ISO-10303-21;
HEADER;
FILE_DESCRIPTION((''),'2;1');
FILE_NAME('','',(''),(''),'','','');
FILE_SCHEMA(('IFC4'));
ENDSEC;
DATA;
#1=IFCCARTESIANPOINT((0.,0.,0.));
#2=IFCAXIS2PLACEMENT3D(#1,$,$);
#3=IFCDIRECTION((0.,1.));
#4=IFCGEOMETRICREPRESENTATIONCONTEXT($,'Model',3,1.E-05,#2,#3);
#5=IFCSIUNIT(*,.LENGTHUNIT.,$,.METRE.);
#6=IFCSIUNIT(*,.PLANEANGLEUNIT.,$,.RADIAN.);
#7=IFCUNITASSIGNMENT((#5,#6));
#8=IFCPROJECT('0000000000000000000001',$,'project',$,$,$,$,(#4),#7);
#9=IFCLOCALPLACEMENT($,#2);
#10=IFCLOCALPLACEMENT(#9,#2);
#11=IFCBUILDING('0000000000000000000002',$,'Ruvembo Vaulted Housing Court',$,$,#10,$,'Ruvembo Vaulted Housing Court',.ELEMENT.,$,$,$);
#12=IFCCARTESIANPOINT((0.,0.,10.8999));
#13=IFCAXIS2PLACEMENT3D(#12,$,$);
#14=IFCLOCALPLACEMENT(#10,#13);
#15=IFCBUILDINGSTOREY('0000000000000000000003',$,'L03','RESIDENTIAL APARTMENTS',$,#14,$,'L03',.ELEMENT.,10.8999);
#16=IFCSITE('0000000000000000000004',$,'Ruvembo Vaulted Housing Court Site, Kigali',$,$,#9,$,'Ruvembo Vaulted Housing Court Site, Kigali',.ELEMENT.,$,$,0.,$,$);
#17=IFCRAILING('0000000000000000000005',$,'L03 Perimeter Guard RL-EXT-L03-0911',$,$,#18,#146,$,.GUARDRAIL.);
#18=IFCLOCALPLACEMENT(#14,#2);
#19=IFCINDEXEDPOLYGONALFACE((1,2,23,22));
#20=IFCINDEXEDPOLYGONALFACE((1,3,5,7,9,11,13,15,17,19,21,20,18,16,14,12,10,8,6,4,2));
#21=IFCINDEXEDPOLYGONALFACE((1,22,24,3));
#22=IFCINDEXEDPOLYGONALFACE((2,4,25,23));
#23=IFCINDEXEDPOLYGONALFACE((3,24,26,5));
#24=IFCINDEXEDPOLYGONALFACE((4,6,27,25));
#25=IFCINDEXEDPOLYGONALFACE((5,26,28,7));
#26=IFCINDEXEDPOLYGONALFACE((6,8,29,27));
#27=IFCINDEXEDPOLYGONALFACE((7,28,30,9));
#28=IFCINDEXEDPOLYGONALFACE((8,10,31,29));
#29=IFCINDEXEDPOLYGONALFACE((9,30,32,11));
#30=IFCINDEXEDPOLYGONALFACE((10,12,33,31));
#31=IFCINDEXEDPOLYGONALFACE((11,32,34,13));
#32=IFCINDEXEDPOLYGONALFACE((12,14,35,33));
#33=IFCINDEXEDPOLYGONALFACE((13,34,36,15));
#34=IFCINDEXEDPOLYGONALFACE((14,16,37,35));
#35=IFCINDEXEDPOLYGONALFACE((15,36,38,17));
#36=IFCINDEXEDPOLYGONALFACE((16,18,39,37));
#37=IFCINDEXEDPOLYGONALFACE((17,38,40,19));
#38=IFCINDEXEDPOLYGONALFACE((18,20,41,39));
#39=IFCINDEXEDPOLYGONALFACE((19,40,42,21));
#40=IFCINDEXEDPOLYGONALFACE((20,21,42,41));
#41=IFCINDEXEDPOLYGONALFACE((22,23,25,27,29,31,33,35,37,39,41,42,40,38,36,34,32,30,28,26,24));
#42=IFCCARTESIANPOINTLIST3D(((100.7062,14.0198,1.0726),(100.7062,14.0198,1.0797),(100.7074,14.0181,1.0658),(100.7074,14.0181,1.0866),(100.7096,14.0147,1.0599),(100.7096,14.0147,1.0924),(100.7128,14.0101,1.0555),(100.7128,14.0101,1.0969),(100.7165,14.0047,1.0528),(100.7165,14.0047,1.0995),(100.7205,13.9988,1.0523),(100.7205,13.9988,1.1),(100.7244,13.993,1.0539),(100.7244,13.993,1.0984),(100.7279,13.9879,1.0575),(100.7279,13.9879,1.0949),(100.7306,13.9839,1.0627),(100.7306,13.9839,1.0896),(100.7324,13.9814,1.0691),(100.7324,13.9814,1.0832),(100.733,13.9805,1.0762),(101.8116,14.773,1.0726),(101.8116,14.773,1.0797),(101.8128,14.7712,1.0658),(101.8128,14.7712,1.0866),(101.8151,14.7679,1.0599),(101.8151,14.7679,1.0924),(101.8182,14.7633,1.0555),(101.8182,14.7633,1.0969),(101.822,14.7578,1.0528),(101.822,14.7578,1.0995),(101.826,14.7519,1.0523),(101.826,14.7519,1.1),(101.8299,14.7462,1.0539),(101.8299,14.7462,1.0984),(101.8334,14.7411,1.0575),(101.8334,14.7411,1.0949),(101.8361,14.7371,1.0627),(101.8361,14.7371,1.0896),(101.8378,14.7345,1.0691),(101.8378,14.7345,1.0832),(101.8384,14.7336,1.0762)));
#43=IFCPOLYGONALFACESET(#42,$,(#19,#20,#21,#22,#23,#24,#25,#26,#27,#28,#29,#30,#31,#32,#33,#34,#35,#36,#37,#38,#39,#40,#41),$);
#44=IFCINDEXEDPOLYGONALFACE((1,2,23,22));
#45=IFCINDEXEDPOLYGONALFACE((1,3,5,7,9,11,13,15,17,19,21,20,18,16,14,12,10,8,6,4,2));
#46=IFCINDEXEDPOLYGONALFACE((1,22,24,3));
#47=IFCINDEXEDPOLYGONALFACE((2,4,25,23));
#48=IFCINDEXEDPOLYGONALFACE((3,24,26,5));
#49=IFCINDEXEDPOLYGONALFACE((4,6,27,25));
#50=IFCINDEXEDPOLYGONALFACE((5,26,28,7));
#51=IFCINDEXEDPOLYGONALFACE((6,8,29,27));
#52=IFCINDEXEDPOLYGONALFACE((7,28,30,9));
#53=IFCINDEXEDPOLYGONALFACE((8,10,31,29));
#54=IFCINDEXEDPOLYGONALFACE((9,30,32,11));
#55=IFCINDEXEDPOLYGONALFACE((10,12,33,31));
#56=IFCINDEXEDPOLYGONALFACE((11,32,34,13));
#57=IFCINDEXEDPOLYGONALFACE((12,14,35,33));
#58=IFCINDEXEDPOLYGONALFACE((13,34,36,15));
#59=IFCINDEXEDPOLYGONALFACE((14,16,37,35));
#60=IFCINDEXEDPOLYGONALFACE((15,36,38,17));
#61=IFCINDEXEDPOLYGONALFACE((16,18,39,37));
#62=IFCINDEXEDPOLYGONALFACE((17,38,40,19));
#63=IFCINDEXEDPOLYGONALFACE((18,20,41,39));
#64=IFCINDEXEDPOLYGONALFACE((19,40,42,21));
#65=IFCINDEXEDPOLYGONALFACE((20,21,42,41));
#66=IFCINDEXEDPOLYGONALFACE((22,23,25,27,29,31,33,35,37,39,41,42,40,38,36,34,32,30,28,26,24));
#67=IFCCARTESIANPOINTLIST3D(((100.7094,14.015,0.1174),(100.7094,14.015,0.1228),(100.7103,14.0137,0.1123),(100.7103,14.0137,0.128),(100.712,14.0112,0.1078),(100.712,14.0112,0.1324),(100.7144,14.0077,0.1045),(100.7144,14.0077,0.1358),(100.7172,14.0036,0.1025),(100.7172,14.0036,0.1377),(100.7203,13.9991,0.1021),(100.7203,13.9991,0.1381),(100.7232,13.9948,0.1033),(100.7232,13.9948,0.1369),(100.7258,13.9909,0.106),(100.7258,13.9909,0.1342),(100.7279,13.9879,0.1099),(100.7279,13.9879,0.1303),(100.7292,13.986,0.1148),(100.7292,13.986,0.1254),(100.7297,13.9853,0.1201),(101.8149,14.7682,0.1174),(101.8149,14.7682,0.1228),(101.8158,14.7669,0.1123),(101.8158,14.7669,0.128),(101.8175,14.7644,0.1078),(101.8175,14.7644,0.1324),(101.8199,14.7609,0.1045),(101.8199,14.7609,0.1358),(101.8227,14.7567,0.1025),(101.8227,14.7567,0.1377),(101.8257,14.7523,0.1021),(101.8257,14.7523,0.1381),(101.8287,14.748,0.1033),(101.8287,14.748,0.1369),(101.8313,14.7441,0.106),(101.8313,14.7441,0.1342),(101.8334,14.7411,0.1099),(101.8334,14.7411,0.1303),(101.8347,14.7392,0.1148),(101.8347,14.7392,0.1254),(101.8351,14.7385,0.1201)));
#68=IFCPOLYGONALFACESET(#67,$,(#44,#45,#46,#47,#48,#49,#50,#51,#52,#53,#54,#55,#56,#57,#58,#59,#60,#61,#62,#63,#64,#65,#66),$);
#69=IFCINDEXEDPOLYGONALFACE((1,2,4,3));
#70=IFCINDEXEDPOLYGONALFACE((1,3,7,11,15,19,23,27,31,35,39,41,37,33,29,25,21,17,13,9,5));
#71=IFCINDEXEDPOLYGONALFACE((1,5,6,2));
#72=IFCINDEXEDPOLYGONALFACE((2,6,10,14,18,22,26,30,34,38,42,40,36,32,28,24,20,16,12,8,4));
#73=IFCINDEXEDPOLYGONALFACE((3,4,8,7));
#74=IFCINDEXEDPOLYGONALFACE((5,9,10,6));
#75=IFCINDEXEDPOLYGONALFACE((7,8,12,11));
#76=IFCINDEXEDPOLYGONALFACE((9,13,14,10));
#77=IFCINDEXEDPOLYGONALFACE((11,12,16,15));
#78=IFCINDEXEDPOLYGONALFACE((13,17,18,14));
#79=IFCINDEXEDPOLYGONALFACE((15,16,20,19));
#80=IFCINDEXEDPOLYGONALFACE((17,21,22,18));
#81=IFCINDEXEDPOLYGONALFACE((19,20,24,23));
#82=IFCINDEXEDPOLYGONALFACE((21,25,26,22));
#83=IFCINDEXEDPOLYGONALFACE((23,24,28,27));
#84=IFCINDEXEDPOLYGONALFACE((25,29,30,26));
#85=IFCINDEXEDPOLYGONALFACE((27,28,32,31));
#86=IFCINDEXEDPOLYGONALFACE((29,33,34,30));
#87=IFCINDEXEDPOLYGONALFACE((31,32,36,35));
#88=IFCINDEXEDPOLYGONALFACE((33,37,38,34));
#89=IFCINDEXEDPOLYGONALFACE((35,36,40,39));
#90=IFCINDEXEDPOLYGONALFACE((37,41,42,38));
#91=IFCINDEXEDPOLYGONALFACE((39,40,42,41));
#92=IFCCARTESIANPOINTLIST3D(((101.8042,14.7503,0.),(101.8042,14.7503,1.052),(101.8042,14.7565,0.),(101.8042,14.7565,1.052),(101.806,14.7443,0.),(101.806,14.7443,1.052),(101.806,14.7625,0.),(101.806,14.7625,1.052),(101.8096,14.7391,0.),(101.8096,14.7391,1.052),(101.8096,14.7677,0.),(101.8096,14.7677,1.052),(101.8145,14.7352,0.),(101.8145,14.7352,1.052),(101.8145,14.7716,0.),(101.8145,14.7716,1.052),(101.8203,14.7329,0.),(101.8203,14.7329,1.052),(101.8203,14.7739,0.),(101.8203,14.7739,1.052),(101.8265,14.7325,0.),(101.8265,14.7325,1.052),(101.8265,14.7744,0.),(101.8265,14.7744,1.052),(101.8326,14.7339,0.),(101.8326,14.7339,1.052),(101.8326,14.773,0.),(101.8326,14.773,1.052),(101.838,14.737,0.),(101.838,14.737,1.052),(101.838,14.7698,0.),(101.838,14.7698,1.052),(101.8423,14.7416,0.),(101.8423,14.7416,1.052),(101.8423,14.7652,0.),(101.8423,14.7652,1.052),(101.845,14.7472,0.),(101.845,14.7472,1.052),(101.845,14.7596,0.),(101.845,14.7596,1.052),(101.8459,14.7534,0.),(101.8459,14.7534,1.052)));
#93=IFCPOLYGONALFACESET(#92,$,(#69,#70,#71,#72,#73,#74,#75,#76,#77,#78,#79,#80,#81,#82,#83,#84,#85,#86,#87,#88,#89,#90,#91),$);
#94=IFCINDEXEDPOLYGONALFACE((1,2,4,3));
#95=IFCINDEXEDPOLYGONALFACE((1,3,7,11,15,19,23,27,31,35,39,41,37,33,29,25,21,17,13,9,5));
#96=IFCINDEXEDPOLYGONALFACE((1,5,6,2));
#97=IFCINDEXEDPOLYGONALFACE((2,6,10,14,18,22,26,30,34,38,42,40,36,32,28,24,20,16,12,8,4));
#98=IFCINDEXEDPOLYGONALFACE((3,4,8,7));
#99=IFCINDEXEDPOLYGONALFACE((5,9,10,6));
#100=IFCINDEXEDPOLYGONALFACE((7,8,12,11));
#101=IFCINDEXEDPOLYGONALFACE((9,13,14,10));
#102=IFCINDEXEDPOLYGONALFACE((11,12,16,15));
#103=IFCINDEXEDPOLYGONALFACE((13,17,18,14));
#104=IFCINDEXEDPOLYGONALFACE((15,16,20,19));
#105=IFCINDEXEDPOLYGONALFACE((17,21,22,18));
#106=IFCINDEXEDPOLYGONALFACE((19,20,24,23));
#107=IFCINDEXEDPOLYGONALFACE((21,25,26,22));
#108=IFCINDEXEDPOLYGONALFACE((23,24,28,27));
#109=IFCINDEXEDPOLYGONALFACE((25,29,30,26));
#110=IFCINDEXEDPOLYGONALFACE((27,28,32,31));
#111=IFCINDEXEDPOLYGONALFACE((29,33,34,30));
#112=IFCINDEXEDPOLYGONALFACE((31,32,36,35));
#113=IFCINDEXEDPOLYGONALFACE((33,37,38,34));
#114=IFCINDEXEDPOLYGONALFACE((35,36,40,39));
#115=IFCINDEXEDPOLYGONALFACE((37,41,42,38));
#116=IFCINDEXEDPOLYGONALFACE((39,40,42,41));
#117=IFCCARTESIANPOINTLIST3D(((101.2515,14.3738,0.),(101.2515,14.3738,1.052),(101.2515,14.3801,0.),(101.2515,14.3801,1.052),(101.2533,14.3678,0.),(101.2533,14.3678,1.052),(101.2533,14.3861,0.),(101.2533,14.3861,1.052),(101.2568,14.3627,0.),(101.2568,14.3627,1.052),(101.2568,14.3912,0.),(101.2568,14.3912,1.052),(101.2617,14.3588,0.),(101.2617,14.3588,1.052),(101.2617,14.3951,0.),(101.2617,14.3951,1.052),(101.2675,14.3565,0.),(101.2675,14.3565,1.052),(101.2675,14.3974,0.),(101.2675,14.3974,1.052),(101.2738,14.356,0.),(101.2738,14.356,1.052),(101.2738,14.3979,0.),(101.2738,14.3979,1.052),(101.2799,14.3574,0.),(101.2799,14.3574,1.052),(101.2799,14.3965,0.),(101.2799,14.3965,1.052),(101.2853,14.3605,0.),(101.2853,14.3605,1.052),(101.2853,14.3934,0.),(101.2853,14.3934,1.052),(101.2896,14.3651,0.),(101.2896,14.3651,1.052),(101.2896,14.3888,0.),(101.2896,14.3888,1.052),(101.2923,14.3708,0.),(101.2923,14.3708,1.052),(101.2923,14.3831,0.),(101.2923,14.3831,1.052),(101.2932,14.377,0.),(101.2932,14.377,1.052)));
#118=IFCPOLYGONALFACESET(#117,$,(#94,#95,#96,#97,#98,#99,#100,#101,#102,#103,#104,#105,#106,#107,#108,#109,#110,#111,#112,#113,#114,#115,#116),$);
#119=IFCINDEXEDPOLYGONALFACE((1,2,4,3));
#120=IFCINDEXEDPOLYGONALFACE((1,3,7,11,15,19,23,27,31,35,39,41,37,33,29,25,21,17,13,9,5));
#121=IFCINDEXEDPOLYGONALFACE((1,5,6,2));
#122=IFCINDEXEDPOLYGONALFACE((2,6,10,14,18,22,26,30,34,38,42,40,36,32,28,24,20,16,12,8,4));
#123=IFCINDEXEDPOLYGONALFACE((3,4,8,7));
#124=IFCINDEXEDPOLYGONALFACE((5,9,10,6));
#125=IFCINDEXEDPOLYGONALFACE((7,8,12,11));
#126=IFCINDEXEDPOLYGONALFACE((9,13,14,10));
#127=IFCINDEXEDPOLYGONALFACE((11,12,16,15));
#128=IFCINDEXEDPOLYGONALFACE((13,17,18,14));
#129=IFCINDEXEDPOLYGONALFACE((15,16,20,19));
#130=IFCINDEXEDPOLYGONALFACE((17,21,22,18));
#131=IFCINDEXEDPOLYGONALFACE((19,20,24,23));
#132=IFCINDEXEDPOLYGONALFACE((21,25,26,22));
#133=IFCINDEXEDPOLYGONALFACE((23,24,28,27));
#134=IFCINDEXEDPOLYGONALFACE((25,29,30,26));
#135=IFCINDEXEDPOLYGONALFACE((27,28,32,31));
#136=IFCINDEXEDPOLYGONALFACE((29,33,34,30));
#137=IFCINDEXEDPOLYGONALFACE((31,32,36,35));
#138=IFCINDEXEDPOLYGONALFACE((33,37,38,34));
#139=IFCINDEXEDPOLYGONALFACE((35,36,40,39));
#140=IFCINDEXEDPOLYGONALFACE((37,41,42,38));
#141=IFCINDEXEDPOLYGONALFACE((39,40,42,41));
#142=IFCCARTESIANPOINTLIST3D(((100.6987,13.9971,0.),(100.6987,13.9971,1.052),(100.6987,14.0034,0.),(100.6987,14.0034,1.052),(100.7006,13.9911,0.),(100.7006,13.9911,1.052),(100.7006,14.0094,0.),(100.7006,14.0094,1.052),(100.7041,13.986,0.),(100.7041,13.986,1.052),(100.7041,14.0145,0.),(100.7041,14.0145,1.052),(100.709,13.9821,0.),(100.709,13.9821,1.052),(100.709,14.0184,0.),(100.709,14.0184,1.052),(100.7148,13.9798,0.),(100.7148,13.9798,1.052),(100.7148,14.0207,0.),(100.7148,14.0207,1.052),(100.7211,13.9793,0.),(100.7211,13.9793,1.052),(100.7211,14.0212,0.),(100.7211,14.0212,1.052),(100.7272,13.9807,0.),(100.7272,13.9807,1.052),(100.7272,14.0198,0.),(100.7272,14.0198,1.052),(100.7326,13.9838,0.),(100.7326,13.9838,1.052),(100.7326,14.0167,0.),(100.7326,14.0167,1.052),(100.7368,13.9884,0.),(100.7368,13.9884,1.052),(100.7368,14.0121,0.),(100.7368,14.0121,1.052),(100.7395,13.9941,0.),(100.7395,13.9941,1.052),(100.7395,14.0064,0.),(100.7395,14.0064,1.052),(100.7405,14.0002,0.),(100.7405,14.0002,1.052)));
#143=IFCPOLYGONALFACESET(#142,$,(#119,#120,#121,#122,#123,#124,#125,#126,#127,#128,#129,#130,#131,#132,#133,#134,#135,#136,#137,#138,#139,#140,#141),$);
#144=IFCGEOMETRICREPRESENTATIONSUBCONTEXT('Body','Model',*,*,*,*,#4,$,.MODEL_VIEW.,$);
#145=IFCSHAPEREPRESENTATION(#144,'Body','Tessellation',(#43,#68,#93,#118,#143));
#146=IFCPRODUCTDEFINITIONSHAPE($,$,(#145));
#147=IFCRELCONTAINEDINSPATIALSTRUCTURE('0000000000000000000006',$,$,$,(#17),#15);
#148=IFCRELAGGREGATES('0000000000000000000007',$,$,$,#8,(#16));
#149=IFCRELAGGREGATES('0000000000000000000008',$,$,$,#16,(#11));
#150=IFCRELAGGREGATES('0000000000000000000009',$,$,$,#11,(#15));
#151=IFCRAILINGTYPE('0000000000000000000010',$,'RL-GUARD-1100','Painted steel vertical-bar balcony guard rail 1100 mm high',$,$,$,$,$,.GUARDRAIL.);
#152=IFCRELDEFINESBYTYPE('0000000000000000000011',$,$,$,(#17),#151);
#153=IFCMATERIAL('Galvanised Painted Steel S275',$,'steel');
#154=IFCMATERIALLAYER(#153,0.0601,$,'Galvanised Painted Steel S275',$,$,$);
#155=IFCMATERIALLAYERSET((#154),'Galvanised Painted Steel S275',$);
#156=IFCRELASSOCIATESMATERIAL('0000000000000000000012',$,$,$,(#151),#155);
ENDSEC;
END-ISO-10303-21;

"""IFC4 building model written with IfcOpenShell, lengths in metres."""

from ifc_helpers import new_model, si_unit, direction, frame, origin, origin_2d, place, context, subcontext, project, spatial, circle, extrude, material, layer, layer_set, type_object, element, save


model = new_model("IFC4")

# Units and contexts
model_context = context("Model", 3, precision=1e-05, world=origin(), true_north=direction((0.0, 1.0)))
body_context = subcontext(model_context, "Body", "Model", "MODEL_VIEW")
ifc_project = project(units=[si_unit("LENGTHUNIT", "METRE"), si_unit("PLANEANGLEUNIT", "RADIAN")], contexts=[model_context])

# Site, building, storey
site_placement = place(None, origin())
site = spatial("IfcSite", under=ifc_project, at=site_placement, Name="Ruvembo Vaulted Housing Court Site, Kigali", LongName="Ruvembo Vaulted Housing Court Site, Kigali", CompositionType="ELEMENT", RefElevation=0.0)
building_placement = place(site_placement, origin())
building = spatial("IfcBuilding", under=site, at=building_placement, Name="Ruvembo Vaulted Housing Court", LongName="Ruvembo Vaulted Housing Court", CompositionType="ELEMENT")
storey_placement = place(building_placement, frame((0.0, 0.0, 10.8999)))
storey = spatial("IfcBuildingStorey", under=building, at=storey_placement, Name="L03", Description="RESIDENTIAL APARTMENTS", LongName="L03", CompositionType="ELEMENT", Elevation=10.8999)

# Railing
ifc_material_1 = material(Name="Galvanised Painted Steel S275", Category="steel")
ifc_layer_1 = layer(ifc_material_1, 0.0601, Name="Galvanised Painted Steel S275")
ifc_layer_set_1 = layer_set([ifc_layer_1], Name="Galvanised Painted Steel S275")
railing_type_1 = type_object("IfcRailingType", Name="RL-GUARD-1100", Description="Painted steel vertical-bar balcony guard rail 1100 mm high", PredefinedType="GUARDRAIL", material=ifc_layer_set_1)
railing_1_placement = place(storey_placement, frame((101.825, 14.7534, 0.0)))
element("IfcRailing", 1, at=railing_1_placement, inside=storey, type_object=railing_type_1, Name="L03 Perimeter Guard RL-EXT-L03-0911", PredefinedType="GUARDRAIL", context=body_context, shape_type="SweptSolid", body=[
    extrude(circle(Radius=0.0239, at=origin_2d()), frame((0.0, 0.0, 1.0762), z_axis=(-0.82642, -0.563054, 0.0), x_axis=(0.563054, -0.82642, 0.0)), (0.0, 0.0, 1.0), 1.3376),
    extrude(circle(Radius=0.0181, at=origin_2d()), frame((0.0, 0.0, 0.1201), z_axis=(-0.82642, -0.563054, 0.0), x_axis=(0.563054, -0.82642, 0.0)), (0.0, 0.0, 1.0), 1.3376),
    extrude(circle(Radius=0.021, at=origin_2d()), origin(), (0.0, 0.0, 1.0), 1.052),
    extrude(circle(Radius=0.021, at=origin_2d()), frame((-0.5527, -0.3765, 0.0)), (0.0, 0.0, 1.0), 1.052),
    extrude(circle(Radius=0.021, at=origin_2d()), frame((-1.1055, -0.7532, 0.0)), (0.0, 0.0, 1.0), 1.052),
])

save(model, "model.ifc")
